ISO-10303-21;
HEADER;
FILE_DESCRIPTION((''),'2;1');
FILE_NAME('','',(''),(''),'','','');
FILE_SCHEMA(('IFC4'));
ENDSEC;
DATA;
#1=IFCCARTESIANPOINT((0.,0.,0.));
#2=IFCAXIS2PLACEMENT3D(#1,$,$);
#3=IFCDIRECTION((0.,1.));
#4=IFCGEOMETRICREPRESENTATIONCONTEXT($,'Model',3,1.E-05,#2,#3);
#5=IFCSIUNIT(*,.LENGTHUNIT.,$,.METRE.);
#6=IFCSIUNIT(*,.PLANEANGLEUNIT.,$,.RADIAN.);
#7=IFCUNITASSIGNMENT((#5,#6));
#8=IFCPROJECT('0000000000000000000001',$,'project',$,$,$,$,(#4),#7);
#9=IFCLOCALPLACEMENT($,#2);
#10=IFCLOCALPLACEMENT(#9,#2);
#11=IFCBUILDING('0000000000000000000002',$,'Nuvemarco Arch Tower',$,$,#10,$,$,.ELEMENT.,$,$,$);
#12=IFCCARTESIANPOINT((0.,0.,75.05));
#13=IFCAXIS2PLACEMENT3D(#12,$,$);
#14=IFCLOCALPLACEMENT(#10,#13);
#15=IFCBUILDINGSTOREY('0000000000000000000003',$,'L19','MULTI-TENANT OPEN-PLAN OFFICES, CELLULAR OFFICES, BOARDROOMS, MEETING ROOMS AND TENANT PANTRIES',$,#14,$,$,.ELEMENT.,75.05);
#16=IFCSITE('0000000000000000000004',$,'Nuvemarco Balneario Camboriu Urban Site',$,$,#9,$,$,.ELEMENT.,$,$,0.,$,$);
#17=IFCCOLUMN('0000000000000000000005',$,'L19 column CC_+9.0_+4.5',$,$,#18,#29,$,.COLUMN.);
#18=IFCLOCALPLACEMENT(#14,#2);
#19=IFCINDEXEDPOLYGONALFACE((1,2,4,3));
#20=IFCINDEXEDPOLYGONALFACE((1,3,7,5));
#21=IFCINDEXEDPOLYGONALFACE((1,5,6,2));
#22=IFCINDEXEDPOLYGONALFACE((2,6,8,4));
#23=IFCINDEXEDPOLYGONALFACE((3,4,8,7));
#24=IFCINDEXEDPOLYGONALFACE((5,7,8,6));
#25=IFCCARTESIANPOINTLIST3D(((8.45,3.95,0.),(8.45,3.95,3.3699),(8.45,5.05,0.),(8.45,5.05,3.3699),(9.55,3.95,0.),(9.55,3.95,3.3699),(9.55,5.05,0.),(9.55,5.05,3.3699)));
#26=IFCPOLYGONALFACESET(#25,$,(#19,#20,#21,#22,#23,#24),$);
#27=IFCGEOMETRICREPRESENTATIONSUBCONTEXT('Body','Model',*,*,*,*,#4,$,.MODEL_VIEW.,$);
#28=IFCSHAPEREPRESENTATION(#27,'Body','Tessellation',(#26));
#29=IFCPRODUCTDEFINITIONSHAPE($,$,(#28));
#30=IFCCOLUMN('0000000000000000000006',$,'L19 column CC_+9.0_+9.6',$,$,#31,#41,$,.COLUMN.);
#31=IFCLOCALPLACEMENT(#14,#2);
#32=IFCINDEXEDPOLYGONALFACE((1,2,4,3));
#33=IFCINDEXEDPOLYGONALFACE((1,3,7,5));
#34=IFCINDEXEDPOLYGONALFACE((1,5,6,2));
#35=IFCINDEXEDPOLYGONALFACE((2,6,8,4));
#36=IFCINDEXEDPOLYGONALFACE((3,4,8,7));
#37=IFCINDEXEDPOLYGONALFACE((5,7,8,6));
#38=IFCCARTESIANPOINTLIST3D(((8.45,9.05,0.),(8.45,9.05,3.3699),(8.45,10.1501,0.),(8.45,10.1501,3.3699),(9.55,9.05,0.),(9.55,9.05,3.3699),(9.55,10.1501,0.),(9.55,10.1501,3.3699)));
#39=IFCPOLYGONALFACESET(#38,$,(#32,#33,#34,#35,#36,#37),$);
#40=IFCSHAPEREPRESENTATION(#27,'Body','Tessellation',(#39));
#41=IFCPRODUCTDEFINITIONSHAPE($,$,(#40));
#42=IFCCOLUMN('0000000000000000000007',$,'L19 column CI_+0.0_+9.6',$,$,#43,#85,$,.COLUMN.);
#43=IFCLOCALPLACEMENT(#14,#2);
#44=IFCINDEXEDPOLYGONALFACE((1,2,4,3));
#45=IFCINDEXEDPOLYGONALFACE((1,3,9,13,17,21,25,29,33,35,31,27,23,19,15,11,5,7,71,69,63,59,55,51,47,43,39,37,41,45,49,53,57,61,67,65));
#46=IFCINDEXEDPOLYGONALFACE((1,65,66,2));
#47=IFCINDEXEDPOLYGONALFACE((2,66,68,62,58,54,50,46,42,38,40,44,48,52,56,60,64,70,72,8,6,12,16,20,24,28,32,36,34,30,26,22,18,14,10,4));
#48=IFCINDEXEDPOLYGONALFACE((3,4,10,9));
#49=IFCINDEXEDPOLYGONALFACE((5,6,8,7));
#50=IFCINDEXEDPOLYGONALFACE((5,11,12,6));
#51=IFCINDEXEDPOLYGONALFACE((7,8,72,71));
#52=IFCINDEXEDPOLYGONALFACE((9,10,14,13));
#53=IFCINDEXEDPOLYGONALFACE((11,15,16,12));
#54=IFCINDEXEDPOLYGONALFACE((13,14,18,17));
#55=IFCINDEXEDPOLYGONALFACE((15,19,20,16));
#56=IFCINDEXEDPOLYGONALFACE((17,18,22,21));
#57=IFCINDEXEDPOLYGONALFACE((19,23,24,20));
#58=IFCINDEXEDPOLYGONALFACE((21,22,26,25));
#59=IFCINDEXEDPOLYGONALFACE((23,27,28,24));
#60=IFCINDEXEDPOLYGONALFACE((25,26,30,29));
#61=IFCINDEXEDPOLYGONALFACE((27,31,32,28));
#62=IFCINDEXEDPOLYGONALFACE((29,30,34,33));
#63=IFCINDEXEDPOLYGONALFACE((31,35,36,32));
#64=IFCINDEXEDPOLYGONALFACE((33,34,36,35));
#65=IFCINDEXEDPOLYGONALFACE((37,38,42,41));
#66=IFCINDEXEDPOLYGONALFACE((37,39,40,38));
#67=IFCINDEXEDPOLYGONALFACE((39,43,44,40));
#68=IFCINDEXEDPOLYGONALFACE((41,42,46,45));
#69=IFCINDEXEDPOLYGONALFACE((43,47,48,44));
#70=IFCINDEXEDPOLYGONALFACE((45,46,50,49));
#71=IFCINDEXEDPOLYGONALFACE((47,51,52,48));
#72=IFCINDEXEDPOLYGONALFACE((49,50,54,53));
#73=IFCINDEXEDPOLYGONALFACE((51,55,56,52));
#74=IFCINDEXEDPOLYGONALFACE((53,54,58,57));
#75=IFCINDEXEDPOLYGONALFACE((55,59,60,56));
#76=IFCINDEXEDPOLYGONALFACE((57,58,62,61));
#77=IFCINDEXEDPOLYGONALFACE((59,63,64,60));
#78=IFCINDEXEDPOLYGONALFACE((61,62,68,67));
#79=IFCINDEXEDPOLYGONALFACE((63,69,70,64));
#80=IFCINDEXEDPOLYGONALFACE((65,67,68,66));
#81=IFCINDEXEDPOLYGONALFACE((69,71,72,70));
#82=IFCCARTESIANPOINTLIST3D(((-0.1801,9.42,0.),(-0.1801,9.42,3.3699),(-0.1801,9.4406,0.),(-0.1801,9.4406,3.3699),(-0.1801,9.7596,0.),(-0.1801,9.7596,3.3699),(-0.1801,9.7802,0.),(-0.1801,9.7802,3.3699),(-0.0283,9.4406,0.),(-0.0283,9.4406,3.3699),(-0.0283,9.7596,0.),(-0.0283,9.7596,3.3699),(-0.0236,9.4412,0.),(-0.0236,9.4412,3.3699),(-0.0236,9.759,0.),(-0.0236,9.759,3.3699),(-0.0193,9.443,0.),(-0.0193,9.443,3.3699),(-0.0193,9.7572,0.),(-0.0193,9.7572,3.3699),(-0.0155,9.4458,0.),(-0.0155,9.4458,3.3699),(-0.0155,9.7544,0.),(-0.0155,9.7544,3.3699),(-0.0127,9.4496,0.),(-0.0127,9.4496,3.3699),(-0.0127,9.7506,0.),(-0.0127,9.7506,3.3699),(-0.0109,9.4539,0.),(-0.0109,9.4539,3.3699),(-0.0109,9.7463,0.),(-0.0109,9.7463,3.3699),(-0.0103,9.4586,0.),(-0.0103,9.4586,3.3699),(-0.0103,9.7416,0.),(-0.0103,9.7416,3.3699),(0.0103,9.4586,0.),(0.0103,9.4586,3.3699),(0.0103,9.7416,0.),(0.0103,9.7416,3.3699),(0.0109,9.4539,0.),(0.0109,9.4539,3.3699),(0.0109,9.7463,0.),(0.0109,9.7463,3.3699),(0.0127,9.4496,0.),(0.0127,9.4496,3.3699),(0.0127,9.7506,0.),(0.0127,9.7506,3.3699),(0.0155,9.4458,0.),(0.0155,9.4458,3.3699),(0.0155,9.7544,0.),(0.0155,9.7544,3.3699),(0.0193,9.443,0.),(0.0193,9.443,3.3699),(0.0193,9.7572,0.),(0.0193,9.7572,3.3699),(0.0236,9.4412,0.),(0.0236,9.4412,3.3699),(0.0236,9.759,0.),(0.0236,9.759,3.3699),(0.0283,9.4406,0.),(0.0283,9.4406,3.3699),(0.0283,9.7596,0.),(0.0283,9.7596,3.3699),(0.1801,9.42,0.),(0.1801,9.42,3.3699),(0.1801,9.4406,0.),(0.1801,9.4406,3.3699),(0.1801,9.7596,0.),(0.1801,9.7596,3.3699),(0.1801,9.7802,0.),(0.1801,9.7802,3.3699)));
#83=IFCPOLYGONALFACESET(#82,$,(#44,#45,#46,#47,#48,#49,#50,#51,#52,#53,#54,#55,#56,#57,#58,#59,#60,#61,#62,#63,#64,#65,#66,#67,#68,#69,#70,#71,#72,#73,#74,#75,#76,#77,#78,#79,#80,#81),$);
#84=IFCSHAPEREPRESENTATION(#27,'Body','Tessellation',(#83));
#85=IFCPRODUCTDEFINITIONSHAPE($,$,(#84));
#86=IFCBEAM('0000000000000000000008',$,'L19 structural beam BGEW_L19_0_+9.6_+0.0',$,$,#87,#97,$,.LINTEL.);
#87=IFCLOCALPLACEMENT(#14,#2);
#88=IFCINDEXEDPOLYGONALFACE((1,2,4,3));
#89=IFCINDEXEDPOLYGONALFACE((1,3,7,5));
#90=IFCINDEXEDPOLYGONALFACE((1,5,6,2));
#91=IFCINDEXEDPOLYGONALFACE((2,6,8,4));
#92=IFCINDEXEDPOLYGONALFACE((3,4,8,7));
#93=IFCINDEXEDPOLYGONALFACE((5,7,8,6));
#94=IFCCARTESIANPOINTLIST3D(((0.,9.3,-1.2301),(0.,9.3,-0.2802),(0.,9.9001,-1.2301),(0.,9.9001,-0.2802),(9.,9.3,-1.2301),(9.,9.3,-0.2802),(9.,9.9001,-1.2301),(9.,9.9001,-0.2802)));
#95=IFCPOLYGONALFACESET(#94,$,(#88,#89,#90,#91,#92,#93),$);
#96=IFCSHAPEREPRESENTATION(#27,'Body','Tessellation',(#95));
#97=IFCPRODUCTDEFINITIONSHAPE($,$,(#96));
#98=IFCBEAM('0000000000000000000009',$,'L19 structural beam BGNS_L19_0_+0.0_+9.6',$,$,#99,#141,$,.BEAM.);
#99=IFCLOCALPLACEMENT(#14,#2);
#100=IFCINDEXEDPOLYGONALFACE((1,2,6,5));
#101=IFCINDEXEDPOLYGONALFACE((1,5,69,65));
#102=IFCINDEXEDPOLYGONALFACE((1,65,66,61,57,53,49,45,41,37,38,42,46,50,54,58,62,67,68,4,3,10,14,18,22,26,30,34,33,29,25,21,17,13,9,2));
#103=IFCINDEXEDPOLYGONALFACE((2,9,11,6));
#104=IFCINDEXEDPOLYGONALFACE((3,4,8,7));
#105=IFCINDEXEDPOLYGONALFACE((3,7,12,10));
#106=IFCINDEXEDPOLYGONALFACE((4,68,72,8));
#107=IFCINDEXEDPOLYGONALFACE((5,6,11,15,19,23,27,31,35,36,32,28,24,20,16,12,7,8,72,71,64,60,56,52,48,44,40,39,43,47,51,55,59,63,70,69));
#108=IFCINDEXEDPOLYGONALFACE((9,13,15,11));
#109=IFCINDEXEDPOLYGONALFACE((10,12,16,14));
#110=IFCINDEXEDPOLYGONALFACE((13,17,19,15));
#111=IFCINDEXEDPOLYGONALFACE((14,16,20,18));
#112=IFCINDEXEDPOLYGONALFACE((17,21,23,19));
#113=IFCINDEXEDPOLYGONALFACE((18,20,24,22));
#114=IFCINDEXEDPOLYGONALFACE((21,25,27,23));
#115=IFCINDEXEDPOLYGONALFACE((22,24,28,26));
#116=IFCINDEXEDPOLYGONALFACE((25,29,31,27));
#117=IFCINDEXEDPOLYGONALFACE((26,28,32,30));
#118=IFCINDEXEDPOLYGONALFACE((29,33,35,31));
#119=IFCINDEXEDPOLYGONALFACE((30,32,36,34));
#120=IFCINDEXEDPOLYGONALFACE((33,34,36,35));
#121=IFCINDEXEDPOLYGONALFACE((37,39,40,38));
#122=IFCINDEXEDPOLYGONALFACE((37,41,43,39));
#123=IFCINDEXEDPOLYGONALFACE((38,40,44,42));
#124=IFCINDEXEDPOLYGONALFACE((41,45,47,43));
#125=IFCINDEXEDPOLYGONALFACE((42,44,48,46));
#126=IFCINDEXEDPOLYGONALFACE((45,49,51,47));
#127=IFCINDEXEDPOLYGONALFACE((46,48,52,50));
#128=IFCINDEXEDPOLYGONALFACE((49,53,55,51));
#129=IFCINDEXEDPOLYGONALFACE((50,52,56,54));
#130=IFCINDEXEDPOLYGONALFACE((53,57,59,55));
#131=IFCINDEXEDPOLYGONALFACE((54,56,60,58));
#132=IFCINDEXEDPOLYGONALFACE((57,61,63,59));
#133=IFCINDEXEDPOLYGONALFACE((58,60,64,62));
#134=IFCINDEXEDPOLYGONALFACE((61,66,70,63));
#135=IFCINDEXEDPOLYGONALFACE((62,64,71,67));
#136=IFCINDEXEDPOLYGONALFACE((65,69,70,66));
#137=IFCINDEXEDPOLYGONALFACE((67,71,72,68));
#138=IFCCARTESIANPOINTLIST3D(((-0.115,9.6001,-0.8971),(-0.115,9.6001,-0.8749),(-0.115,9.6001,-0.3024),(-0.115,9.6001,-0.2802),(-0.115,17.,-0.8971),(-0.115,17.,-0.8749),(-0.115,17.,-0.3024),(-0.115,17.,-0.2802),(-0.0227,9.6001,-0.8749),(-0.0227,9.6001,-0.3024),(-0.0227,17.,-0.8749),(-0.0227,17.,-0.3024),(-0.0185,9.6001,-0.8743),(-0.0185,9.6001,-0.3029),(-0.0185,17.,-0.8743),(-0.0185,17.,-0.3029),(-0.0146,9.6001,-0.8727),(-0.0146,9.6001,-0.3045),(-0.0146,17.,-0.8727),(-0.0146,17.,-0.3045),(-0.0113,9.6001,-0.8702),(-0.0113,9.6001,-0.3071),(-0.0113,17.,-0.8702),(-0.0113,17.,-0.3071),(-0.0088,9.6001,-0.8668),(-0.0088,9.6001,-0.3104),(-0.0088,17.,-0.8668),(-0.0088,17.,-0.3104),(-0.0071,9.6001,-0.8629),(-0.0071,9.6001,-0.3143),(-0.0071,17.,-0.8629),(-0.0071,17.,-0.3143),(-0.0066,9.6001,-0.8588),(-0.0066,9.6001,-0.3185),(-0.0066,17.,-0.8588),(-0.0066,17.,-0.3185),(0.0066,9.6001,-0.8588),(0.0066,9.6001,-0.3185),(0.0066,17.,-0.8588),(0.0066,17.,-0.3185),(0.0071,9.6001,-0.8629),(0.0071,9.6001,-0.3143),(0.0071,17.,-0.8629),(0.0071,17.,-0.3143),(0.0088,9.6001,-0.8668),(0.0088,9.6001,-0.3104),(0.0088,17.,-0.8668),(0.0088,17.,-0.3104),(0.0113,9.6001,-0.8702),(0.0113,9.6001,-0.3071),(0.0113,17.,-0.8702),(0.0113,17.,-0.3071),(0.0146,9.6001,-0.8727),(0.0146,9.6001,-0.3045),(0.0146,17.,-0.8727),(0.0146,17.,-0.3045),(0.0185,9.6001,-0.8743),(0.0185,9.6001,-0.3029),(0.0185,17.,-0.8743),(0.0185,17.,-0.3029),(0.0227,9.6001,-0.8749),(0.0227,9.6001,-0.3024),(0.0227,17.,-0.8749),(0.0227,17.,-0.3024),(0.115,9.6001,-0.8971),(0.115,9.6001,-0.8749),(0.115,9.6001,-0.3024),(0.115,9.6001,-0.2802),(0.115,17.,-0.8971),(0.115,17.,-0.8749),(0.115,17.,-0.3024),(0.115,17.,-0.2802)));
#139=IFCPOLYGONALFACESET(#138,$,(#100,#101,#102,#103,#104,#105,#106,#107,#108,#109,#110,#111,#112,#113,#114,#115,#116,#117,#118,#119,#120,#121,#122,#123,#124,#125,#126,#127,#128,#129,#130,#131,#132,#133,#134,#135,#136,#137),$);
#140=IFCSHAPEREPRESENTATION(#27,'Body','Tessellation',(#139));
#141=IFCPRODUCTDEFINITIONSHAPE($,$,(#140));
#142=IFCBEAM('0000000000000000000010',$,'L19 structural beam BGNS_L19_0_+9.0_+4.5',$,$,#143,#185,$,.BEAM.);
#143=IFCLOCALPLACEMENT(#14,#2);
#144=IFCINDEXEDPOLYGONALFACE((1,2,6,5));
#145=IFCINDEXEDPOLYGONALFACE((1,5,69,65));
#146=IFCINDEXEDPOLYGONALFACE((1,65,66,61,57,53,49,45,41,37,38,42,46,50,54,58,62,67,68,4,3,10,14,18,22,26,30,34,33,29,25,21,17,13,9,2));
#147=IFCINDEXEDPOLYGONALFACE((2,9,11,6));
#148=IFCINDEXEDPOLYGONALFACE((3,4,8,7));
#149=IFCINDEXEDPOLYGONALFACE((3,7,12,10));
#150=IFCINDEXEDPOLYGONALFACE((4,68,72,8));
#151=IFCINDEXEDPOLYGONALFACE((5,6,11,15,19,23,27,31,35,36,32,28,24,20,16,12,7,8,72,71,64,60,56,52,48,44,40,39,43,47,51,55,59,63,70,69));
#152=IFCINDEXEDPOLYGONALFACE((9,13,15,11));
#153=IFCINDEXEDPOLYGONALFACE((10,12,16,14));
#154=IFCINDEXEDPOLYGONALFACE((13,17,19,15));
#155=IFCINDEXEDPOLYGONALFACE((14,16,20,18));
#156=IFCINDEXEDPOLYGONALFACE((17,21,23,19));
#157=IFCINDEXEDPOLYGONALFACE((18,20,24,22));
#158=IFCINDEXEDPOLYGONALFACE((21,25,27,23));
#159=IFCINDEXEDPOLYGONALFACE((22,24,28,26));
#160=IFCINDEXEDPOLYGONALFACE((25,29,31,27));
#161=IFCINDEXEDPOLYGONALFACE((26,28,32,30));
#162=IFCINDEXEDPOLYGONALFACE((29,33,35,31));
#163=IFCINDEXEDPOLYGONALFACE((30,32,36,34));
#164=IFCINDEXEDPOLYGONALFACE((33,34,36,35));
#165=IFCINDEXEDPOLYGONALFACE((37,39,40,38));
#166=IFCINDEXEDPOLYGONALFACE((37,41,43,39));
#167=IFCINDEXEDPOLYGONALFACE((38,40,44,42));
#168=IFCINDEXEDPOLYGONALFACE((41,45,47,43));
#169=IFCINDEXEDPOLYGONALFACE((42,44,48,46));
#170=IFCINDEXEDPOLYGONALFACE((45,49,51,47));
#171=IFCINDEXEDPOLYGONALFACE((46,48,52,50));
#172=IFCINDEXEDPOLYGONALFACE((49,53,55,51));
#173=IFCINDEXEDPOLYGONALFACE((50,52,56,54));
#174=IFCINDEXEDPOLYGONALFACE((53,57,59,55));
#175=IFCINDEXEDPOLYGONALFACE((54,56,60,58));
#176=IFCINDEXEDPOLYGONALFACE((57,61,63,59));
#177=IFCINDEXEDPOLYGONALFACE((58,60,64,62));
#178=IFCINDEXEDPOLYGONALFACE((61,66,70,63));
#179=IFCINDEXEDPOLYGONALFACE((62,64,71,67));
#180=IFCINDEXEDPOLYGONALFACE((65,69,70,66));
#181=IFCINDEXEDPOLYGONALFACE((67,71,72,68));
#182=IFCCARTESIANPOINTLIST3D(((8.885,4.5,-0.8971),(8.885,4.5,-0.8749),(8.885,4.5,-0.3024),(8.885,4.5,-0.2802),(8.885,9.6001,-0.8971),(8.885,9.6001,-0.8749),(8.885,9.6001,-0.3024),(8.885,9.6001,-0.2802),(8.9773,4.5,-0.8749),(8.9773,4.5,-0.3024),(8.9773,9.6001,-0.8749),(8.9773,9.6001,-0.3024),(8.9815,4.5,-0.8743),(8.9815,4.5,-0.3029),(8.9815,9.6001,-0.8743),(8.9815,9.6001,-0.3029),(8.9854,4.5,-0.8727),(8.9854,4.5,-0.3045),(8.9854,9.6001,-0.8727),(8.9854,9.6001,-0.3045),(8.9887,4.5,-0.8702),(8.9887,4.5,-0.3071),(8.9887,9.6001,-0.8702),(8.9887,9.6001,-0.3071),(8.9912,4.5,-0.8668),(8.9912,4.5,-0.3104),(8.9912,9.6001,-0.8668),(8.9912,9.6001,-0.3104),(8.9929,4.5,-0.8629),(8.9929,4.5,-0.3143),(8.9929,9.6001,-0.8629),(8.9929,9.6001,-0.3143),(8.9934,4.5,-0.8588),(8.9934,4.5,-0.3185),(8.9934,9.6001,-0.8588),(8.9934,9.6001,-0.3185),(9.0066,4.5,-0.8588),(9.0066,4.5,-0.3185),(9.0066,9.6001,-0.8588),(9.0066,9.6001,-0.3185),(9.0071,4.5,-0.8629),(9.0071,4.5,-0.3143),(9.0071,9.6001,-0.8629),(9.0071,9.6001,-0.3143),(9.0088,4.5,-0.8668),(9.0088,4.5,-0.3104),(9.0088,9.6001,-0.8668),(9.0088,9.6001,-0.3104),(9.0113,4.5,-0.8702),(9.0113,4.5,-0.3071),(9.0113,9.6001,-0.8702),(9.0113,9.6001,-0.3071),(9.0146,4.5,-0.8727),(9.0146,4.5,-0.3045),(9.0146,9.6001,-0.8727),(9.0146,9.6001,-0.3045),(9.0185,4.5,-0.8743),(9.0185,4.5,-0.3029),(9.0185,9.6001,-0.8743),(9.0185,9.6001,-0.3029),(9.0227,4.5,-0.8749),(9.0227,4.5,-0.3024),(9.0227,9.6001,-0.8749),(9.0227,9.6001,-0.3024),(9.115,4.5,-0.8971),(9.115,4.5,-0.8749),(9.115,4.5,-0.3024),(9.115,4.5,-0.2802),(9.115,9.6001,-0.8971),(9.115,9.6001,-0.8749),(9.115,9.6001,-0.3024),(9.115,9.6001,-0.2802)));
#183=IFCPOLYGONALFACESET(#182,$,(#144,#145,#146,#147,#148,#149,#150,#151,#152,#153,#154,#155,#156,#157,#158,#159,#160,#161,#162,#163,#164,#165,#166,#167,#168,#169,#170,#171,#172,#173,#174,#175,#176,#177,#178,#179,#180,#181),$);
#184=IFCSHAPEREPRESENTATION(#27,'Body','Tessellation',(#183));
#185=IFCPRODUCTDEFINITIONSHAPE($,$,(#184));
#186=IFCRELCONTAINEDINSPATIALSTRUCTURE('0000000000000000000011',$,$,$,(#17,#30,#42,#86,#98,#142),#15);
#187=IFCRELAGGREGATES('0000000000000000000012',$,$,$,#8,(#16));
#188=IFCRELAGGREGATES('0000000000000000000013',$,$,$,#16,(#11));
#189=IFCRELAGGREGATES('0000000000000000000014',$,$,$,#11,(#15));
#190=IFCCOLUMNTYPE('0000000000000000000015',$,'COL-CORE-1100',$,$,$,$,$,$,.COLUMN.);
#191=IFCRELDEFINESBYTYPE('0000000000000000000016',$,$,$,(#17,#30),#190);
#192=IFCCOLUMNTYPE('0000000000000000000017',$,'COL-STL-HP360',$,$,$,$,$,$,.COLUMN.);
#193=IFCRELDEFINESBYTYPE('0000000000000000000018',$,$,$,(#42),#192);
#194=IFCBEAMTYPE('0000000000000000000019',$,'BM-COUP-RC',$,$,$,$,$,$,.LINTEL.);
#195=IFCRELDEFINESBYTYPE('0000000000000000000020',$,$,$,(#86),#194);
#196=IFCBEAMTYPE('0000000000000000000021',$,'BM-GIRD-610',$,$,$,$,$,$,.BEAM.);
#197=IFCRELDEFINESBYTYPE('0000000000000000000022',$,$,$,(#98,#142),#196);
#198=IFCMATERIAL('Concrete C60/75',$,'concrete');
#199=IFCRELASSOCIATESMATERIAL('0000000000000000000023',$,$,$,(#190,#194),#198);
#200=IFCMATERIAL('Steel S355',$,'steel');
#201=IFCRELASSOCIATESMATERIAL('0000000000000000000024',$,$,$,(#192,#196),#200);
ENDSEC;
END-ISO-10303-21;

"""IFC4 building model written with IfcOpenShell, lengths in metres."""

from ifc_helpers import new_model, si_unit, direction, frame, origin, origin_2d, place, context, subcontext, project, spatial, rectangle, i_section, extrude, material, material_profile, profile_set, type_object, element, save


model = new_model("IFC4")

# Units and contexts
model_context = context("Model", 3, precision=1e-05, world=origin(), true_north=direction((0.0, 1.0)))
body_context = subcontext(model_context, "Body", "Model", "MODEL_VIEW")
ifc_project = project(units=[si_unit("LENGTHUNIT", "METRE"), si_unit("PLANEANGLEUNIT", "RADIAN")], contexts=[model_context])

# Site, building, storey
site_placement = place(None, origin())
site = spatial("IfcSite", under=ifc_project, at=site_placement, Name="Nuvemarco Balneario Camboriu Urban Site", CompositionType="ELEMENT", RefElevation=0.0)
building_placement = place(site_placement, origin())
building = spatial("IfcBuilding", under=site, at=building_placement, Name="Nuvemarco Arch Tower", CompositionType="ELEMENT")
storey_placement = place(building_placement, frame((0.0, 0.0, 75.05)))
storey = spatial("IfcBuildingStorey", under=building, at=storey_placement, Name="L19", Description="MULTI-TENANT OPEN-PLAN OFFICES, CELLULAR OFFICES, BOARDROOMS, MEETING ROOMS AND TENANT PANTRIES", CompositionType="ELEMENT", Elevation=75.05)

# Columns
ifc_material_1 = material(Name="Concrete C60/75", Category="concrete")
ifc_material_profile_1 = material_profile(ifc_material_1, rectangle(XDim=1.1001, YDim=1.1001, at=origin_2d()), Name="RC-COL-1100x1100")
ifc_profile_set_1 = profile_set([ifc_material_profile_1], Name="Concrete C60/75")
column_type_1 = type_object("IfcColumnType", Name="COL-CORE-1100", PredefinedType="COLUMN", material=ifc_profile_set_1)
for number, where, z_axis, x_axis, name in (
    (1, (9.0, 4.5, 0.0), (0.0, 0.0, 1.0), (1.0, 0.0, 0.0), "L19 column CC_+9.0_+4.5"),
    (2, (9.0, 9.6001, 0.0), (0.0, 0.0, 1.0), (1.0, 0.0, 0.0), "L19 column CC_+9.0_+9.6"),
):
    element("IfcColumn", number, at=place(storey_placement, frame(where, z_axis=z_axis, x_axis=x_axis)), inside=storey, type_object=column_type_1, Name=name, PredefinedType="COLUMN", context=body_context, shape_type="SweptSolid", body=[
        extrude(rectangle(XDim=1.1001, YDim=1.1001, at=origin_2d()), origin(), (0.0, 0.0, 1.0), 3.3699),
    ])
ifc_material_2 = material(Name="Steel S355", Category="steel")
ifc_material_profile_2 = material_profile(ifc_material_2, i_section(OverallWidth=0.3601, OverallDepth=0.3601, WebThickness=0.0205, FlangeThickness=0.0205, FilletRadius=0.0181, at=origin_2d()), Name="HP360x174")
ifc_profile_set_2 = profile_set([ifc_material_profile_2], Name="Steel S355")
column_type_2 = type_object("IfcColumnType", Name="COL-STL-HP360", PredefinedType="COLUMN", material=ifc_profile_set_2)
column_placement = place(storey_placement, frame((0.0, 9.6001, 0.0), z_axis=(0.0, 0.0, 1.0), x_axis=(1.0, 0.0, 0.0)))
element("IfcColumn", 3, at=column_placement, inside=storey, type_object=column_type_2, Name="L19 column CI_+0.0_+9.6", PredefinedType="COLUMN", context=body_context, shape_type="SweptSolid", body=[
    extrude(i_section(OverallWidth=0.3601, OverallDepth=0.3601, WebThickness=0.0205, FlangeThickness=0.0205, FilletRadius=0.0181, at=origin_2d()), origin(), (0.0, 0.0, 1.0), 3.3699),
])

# Beams
ifc_material_profile_3 = material_profile(ifc_material_1, rectangle(XDim=0.6001, YDim=0.95, at=origin_2d()), Name="RC-BM-600x950")
ifc_profile_set_3 = profile_set([ifc_material_profile_3], Name="Concrete C60/75")
beam_type_1 = type_object("IfcBeamType", Name="BM-COUP-RC", PredefinedType="LINTEL", material=ifc_profile_set_3)
beam_1_placement = place(storey_placement, frame((0.0, 9.6001, -0.7551), z_axis=(1.0, 0.0, 0.0), x_axis=(0.0, 1.0, 0.0)))
element("IfcBeam", 4, at=beam_1_placement, inside=storey, type_object=beam_type_1, Name="L19 structural beam BGEW_L19_0_+9.6_+0.0", PredefinedType="LINTEL", context=body_context, shape_type="SweptSolid", body=[
    extrude(rectangle(XDim=0.6001, YDim=0.95, at=origin_2d()), origin(), (0.0, 0.0, 1.0), 9.0),
])
ifc_material_profile_4 = material_profile(ifc_material_2, i_section(OverallWidth=0.23, OverallDepth=0.6169, WebThickness=0.0132, FlangeThickness=0.0222, FilletRadius=0.0161, at=origin_2d()), Name="W610x140")
ifc_profile_set_4 = profile_set([ifc_material_profile_4], Name="Steel S355")
beam_type_2 = type_object("IfcBeamType", Name="BM-GIRD-610", PredefinedType="BEAM", material=ifc_profile_set_4)
beam_2_placement = place(storey_placement, frame((0.0, 9.6001, -0.5886), z_axis=(0.0, 1.0, 0.0), x_axis=(-1.0, 0.0, 0.0)))
element("IfcBeam", 5, at=beam_2_placement, inside=storey, type_object=beam_type_2, Name="L19 structural beam BGNS_L19_0_+0.0_+9.6", PredefinedType="BEAM", context=body_context, shape_type="SweptSolid", body=[
    extrude(i_section(OverallWidth=0.23, OverallDepth=0.6169, WebThickness=0.0132, FlangeThickness=0.0222, FilletRadius=0.0161, at=origin_2d()), origin(), (0.0, 0.0, 1.0), 7.3999),
])
beam_3_placement = place(storey_placement, frame((9.0, 4.5, -0.5886), z_axis=(0.0, 1.0, 0.0), x_axis=(-1.0, 0.0, 0.0)))
element("IfcBeam", 6, at=beam_3_placement, inside=storey, type_object=beam_type_2, Name="L19 structural beam BGNS_L19_0_+9.0_+4.5", PredefinedType="BEAM", context=body_context, shape_type="SweptSolid", body=[
    extrude(i_section(OverallWidth=0.23, OverallDepth=0.6169, WebThickness=0.0132, FlangeThickness=0.0222, FilletRadius=0.0161, at=origin_2d()), origin(), (0.0, 0.0, 1.0), 5.1001),
])

save(model, "model.ifc")
